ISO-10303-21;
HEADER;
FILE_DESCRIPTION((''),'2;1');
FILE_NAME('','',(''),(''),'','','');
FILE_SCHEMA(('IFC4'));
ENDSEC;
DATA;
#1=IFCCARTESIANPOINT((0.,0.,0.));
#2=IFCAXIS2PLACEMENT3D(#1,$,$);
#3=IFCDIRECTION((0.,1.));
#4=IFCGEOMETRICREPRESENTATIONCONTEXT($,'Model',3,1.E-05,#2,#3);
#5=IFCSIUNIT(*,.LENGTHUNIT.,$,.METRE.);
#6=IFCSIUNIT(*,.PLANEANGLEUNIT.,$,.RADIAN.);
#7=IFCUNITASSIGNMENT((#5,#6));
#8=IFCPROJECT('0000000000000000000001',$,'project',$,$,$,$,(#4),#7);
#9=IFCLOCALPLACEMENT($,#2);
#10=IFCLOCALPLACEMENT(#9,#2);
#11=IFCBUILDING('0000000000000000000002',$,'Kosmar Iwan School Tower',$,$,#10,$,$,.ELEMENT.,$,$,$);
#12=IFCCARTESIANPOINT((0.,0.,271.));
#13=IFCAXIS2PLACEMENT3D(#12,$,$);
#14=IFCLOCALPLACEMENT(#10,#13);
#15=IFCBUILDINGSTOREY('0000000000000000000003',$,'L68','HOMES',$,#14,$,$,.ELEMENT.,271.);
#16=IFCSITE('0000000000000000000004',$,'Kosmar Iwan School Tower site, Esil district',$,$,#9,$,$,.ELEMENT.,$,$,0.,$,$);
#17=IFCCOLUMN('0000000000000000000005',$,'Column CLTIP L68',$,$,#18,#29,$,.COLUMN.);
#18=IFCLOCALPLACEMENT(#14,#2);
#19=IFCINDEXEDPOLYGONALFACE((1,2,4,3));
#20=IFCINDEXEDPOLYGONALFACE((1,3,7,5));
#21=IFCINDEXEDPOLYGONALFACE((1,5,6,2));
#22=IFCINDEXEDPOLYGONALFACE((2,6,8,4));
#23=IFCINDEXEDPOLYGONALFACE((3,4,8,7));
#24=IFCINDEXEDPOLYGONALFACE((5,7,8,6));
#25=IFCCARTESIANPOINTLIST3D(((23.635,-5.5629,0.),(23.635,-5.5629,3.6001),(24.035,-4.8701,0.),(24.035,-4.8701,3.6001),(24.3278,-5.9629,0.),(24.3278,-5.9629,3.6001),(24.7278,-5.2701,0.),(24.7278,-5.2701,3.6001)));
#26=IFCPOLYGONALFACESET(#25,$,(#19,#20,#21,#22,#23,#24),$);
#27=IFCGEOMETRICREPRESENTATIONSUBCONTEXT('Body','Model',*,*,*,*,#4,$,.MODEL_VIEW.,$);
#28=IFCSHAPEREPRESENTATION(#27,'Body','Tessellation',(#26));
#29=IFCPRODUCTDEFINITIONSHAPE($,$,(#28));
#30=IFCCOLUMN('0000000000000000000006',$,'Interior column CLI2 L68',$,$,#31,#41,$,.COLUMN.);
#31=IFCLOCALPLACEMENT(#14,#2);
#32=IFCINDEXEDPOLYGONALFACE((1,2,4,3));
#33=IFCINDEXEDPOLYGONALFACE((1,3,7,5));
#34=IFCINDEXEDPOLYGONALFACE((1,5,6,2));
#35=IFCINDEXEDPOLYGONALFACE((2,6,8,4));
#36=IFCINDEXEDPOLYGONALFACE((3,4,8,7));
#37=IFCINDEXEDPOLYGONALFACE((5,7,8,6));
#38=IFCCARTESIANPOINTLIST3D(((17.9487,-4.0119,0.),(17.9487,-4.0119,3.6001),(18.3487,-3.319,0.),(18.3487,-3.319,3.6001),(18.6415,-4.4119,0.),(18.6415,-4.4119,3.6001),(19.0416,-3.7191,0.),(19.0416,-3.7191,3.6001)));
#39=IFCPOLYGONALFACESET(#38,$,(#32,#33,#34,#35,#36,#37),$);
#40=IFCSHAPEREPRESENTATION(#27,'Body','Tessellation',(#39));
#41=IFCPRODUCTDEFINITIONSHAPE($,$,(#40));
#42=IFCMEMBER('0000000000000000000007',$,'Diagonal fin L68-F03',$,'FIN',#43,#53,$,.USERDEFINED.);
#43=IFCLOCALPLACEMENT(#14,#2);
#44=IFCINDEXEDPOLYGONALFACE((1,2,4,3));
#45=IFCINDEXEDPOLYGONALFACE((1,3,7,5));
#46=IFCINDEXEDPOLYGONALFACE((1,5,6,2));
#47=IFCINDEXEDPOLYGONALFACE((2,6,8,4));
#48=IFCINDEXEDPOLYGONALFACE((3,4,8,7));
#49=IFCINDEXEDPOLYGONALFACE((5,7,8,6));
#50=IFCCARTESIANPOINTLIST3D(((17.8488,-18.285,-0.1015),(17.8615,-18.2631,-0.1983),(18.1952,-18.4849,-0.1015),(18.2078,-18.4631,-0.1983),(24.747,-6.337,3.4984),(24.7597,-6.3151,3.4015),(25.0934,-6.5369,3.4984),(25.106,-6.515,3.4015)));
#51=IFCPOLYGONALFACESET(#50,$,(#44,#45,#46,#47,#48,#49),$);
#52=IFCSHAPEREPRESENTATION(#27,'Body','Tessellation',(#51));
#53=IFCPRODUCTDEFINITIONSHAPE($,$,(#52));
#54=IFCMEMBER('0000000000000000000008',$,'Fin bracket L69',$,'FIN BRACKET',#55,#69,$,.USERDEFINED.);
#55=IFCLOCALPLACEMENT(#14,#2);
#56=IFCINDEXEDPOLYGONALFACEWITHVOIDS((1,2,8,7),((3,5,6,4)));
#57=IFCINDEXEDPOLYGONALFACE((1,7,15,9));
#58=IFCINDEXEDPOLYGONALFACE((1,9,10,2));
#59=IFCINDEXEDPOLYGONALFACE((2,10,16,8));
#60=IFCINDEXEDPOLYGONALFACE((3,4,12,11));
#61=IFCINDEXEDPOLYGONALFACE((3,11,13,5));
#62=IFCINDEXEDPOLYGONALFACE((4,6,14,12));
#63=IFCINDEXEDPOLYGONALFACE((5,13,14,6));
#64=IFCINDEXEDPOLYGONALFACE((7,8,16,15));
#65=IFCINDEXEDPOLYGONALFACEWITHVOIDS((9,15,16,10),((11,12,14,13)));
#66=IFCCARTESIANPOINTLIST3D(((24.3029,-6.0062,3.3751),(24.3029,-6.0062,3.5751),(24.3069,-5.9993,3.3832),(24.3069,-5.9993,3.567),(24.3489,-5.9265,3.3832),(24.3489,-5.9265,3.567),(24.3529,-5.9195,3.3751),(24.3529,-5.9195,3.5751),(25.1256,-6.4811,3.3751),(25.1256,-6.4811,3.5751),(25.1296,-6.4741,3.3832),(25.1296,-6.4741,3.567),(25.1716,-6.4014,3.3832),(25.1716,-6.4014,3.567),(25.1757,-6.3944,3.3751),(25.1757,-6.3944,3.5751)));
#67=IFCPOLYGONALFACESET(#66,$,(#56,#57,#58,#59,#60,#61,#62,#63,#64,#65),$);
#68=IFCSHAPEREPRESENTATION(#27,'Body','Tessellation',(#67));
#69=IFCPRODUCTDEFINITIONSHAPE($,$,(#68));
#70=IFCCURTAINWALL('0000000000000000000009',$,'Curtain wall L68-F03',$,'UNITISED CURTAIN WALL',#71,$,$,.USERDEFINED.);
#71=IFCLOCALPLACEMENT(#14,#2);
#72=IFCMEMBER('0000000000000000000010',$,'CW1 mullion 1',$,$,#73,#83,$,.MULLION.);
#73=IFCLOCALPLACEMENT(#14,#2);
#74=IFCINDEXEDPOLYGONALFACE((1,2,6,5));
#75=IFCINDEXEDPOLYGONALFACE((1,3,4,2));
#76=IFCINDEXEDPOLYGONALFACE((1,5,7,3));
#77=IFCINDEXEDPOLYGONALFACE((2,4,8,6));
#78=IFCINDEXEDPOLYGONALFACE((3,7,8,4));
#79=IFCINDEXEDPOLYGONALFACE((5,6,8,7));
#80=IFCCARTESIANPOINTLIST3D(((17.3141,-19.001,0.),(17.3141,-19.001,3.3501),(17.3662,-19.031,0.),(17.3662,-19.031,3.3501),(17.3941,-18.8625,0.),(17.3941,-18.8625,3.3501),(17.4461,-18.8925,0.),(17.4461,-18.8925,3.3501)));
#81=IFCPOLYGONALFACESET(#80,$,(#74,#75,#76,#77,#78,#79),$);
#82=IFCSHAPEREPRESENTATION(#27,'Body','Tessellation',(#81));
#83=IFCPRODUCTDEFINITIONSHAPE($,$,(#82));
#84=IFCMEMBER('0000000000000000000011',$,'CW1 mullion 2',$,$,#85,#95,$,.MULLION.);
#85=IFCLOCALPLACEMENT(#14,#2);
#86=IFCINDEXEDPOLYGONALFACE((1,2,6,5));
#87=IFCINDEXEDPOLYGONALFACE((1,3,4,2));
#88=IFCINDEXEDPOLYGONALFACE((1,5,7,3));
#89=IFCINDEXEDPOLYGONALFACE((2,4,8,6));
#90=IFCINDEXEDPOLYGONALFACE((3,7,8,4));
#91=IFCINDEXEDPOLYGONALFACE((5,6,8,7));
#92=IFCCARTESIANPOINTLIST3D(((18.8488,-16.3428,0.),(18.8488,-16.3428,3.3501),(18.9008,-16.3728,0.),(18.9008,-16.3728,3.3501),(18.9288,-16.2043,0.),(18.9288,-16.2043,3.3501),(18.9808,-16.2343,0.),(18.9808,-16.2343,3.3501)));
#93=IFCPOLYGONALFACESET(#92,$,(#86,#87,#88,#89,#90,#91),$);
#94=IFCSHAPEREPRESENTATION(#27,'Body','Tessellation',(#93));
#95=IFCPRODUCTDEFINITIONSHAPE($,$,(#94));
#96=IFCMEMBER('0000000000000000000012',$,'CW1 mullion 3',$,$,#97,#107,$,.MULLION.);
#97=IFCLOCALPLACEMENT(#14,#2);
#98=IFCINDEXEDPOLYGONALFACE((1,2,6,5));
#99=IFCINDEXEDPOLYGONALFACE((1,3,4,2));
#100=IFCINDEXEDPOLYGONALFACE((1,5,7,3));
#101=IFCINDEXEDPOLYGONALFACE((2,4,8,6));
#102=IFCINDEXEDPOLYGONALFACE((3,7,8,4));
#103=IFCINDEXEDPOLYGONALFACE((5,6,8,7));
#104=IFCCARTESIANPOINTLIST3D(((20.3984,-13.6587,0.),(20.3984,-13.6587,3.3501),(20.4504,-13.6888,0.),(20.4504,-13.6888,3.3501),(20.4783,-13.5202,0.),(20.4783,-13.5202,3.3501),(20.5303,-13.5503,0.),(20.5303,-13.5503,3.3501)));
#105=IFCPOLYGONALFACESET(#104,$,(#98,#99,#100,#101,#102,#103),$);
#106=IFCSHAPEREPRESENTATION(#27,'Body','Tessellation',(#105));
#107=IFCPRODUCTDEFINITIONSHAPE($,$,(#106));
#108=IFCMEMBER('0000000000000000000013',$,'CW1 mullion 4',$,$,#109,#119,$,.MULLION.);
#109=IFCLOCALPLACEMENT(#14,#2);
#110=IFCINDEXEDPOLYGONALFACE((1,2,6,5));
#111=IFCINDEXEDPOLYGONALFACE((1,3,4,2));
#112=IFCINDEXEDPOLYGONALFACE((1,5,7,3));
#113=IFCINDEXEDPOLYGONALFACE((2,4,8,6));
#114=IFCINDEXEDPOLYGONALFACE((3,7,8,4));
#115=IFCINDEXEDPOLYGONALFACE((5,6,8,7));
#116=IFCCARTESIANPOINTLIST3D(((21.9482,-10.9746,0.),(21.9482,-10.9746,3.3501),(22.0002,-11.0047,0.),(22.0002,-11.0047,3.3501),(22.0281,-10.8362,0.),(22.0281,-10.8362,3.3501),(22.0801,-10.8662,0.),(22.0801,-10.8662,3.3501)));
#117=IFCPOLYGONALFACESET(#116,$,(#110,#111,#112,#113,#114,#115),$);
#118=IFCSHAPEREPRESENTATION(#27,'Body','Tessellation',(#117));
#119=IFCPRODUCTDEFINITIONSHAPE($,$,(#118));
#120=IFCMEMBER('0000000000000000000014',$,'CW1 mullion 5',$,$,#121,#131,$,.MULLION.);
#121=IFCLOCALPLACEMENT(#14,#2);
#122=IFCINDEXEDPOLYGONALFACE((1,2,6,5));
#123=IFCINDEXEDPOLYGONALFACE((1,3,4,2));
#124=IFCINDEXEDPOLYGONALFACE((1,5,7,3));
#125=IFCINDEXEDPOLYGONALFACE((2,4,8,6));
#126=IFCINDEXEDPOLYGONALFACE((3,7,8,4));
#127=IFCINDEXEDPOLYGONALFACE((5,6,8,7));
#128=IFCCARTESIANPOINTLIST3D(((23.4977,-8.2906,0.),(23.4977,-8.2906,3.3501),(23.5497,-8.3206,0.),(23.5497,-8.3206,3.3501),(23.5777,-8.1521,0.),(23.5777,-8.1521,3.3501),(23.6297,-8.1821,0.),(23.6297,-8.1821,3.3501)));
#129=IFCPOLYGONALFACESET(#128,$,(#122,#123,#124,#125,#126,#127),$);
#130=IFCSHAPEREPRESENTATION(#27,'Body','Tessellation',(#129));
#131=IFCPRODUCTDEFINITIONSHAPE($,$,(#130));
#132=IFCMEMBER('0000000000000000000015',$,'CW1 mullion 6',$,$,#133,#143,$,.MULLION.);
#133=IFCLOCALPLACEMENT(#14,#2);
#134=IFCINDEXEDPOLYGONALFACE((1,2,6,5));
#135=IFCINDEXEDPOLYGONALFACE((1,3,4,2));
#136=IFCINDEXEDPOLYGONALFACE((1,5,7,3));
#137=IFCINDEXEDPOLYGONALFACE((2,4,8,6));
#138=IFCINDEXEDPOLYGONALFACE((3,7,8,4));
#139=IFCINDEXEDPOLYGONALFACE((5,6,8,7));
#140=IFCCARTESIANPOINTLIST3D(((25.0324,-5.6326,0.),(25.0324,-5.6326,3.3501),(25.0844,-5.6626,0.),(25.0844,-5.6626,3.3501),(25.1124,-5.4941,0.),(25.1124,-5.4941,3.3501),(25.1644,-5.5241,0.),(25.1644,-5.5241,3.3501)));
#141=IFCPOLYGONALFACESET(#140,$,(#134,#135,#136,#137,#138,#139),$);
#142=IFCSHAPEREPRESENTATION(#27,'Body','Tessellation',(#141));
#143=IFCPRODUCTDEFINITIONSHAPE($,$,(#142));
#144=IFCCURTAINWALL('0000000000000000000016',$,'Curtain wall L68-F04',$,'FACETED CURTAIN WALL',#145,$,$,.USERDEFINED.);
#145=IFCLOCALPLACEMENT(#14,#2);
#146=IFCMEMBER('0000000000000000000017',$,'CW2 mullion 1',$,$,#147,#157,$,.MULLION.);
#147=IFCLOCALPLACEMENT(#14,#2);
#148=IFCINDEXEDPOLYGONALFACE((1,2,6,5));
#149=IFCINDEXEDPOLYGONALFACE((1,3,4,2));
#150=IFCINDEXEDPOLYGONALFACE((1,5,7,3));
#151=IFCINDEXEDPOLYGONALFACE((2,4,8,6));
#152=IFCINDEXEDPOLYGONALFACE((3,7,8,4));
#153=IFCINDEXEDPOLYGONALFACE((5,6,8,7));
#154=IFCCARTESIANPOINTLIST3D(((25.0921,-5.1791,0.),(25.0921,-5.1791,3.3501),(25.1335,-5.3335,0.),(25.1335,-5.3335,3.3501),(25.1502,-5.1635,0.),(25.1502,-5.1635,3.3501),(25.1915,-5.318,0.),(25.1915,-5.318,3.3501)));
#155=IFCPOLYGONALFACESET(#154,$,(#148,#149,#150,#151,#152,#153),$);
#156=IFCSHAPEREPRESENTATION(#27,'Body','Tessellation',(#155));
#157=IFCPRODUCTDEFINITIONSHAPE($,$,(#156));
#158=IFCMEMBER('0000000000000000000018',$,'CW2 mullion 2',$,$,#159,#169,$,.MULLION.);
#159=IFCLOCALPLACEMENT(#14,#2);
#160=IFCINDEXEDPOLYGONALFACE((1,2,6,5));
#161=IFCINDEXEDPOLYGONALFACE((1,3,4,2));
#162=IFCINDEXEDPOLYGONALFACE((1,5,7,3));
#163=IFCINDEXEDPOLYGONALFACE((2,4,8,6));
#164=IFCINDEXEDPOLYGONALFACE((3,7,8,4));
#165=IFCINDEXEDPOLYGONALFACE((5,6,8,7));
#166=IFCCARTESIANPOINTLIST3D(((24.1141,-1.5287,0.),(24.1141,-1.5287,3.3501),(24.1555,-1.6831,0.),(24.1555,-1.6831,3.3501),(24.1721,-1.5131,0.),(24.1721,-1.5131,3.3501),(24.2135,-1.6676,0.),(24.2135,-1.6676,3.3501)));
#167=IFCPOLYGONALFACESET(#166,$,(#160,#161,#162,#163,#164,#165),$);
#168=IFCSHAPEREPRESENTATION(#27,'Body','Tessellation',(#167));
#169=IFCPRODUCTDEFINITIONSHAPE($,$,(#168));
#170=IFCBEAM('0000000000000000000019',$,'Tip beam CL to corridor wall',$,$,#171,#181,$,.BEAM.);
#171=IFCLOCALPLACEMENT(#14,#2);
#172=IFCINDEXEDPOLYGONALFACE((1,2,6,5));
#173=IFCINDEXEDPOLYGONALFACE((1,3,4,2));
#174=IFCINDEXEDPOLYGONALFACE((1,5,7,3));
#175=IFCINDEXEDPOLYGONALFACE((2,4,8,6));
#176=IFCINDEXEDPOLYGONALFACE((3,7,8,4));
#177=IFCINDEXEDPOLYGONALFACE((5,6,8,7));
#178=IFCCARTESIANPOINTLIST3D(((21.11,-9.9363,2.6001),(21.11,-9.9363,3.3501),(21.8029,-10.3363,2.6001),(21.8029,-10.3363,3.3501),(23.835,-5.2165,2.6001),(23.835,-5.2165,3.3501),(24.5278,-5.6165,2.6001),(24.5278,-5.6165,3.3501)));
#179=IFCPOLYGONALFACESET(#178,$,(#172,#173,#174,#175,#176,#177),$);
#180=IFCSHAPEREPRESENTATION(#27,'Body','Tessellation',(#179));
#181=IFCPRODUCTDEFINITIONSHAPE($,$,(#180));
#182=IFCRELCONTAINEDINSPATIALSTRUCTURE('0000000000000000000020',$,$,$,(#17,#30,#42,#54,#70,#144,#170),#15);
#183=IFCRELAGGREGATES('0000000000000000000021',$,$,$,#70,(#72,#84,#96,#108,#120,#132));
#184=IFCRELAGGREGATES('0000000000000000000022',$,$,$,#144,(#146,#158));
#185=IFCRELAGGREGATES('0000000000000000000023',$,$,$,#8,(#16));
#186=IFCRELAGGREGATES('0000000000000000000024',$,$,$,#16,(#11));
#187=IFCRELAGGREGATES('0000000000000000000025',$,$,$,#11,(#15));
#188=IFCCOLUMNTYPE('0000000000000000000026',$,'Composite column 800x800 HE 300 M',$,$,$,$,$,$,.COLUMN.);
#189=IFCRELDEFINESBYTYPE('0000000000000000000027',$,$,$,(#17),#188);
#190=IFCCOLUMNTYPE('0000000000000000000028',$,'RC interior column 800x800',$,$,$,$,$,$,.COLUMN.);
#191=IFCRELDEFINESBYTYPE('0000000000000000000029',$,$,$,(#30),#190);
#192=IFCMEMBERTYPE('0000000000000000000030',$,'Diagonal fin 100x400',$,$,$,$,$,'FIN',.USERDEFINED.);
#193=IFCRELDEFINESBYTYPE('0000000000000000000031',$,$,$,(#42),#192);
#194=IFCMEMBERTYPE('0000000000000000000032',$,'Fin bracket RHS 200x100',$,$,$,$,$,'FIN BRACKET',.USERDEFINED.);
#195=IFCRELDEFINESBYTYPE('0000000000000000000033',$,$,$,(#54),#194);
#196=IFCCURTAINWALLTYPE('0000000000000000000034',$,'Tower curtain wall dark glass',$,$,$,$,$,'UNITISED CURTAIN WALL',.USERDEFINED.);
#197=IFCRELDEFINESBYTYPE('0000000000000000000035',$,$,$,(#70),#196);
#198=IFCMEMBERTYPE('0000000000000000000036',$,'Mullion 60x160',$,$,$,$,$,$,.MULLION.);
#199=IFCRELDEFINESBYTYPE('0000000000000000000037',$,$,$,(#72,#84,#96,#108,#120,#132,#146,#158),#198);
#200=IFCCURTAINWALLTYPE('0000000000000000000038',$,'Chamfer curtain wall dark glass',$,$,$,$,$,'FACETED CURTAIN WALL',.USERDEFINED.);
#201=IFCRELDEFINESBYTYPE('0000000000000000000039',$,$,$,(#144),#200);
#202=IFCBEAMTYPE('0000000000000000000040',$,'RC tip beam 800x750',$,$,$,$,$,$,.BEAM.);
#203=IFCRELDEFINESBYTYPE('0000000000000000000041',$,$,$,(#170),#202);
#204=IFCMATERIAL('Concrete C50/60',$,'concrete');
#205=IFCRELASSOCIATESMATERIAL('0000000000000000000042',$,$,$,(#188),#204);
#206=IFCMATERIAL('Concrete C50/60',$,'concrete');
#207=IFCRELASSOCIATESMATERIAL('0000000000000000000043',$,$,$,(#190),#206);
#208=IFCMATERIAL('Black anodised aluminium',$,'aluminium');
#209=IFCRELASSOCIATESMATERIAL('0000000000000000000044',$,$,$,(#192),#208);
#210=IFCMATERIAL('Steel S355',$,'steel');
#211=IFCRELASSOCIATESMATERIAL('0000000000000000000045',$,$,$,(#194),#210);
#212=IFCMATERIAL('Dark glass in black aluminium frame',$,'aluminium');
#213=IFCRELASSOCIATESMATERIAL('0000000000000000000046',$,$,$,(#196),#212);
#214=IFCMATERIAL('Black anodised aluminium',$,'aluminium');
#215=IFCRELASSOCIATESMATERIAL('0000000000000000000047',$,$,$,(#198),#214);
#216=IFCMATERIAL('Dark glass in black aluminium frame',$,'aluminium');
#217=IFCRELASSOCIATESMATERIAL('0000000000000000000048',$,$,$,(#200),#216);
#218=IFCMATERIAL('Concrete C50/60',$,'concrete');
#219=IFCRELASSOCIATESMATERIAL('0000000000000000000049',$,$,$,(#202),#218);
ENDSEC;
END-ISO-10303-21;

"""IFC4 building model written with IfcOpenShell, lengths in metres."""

from ifc_helpers import new_model, si_unit, direction, frame, origin, origin_2d, place, context, subcontext, project, spatial, rectangle, hollow_rectangle, extrude, material, material_profile, profile_set, type_object, element, aggregate, save


model = new_model("IFC4")

# Units and contexts
model_context = context("Model", 3, precision=1e-05, world=origin(), true_north=direction((0.0, 1.0)))
body_context = subcontext(model_context, "Body", "Model", "MODEL_VIEW")
ifc_project = project(units=[si_unit("LENGTHUNIT", "METRE"), si_unit("PLANEANGLEUNIT", "RADIAN")], contexts=[model_context])

# Site, building, storey
site_placement = place(None, origin())
site = spatial("IfcSite", under=ifc_project, at=site_placement, Name="Kosmar Iwan School Tower site, Esil district", CompositionType="ELEMENT", RefElevation=0.0)
building_placement = place(site_placement, origin())
building = spatial("IfcBuilding", under=site, at=building_placement, Name="Kosmar Iwan School Tower", CompositionType="ELEMENT")
storey_placement = place(building_placement, frame((0.0, 0.0, 271.0)))
storey = spatial("IfcBuildingStorey", under=building, at=storey_placement, Name="L68", Description="HOMES", CompositionType="ELEMENT", Elevation=271.0)

# Columns
ifc_material_1 = material(Name="Concrete C50/60", Category="concrete")
ifc_material_profile_1 = material_profile(ifc_material_1, rectangle(XDim=0.8, YDim=0.8, at=origin_2d()), Name="RC 800x800 + HE 300 M")
ifc_profile_set_1 = profile_set([ifc_material_profile_1], Name="Concrete C50/60")
column_type_1 = type_object("IfcColumnType", Name="Composite column 800x800 HE 300 M", PredefinedType="COLUMN", material=ifc_profile_set_1)
column_1_placement = place(storey_placement, frame((24.1814, -5.4165, 0.0), z_axis=(0.0, 0.0, 1.0), x_axis=(0.866025, -0.5, 0.0)))
element("IfcColumn", 1, at=column_1_placement, inside=storey, type_object=column_type_1, Name="Column CLTIP L68", PredefinedType="COLUMN", context=body_context, shape_type="SweptSolid", body=[
    extrude(rectangle(XDim=0.8, YDim=0.8, at=origin_2d()), origin(), (0.0, 0.0, 1.0), 3.6001),
])
ifc_material_2 = material(Name="Concrete C50/60", Category="concrete")
ifc_material_profile_2 = material_profile(ifc_material_2, rectangle(XDim=0.8, YDim=0.8, at=origin_2d()), Name="RC 800x800")
ifc_profile_set_2 = profile_set([ifc_material_profile_2], Name="Concrete C50/60")
column_type_2 = type_object("IfcColumnType", Name="RC interior column 800x800", PredefinedType="COLUMN", material=ifc_profile_set_2)
column_2_placement = place(storey_placement, frame((18.4951, -3.8655, 0.0), z_axis=(0.0, 0.0, 1.0), x_axis=(0.866025, -0.5, 0.0)))
element("IfcColumn", 2, at=column_2_placement, inside=storey, type_object=column_type_2, Name="Interior column CLI2 L68", PredefinedType="COLUMN", context=body_context, shape_type="SweptSolid", body=[
    extrude(rectangle(XDim=0.8, YDim=0.8, at=origin_2d()), origin(), (0.0, 0.0, 1.0), 3.6001),
])

# Members
ifc_material_3 = material(Name="Black anodised aluminium", Category="aluminium")
ifc_material_profile_3 = material_profile(ifc_material_3, rectangle(XDim=0.1001, YDim=0.3999, at=origin_2d()), Name="FIN 100x400")
ifc_profile_set_3 = profile_set([ifc_material_profile_3], Name="Black anodised aluminium")
member_type_1 = type_object("IfcMemberType", Name="Diagonal fin 100x400", ElementType="FIN", PredefinedType="USERDEFINED", material=ifc_profile_set_3)
member_1_placement = place(storey_placement, frame((18.0283, -18.374, -0.1499), z_axis=(0.483802, 0.837969, 0.252475), x_axis=(-0.126237, -0.218649, 0.967604)))
element("IfcMember", 3, at=member_1_placement, inside=storey, type_object=member_type_1, Name="Diagonal fin L68-F03", ObjectType="FIN", PredefinedType="USERDEFINED", context=body_context, shape_type="SweptSolid", body=[
    extrude(rectangle(XDim=0.1001, YDim=0.3999, at=origin_2d()), origin(), (0.0, 0.0, 1.0), 14.2583),
])
ifc_material_4 = material(Name="Steel S355", Category="steel")
ifc_material_profile_4 = material_profile(ifc_material_4, hollow_rectangle(XDim=0.1001, YDim=0.2, WallThickness=0.0081, at=origin_2d()), Name="RHS 200x100x8")
ifc_profile_set_4 = profile_set([ifc_material_profile_4], Name="Steel S355")
member_type_2 = type_object("IfcMemberType", Name="Fin bracket RHS 200x100", ElementType="FIN BRACKET", PredefinedType="USERDEFINED", material=ifc_profile_set_4)
member_2_placement = place(storey_placement, frame((24.3279, -5.9629, 3.4751), z_axis=(0.8661, -0.499871, 0.0), x_axis=(0.499871, 0.8661, 0.0)))
element("IfcMember", 4, at=member_2_placement, inside=storey, type_object=member_type_2, Name="Fin bracket L69", ObjectType="FIN BRACKET", PredefinedType="USERDEFINED", context=body_context, shape_type="SweptSolid", body=[
    extrude(hollow_rectangle(XDim=0.1001, YDim=0.2, WallThickness=0.0081, at=origin_2d()), origin(), (0.0, 0.0, 1.0), 0.95),
])

# Curtain walls, members
ifc_material_5 = material(Name="Dark glass in black aluminium frame", Category="aluminium")
curtain_wall_type_1 = type_object("IfcCurtainWallType", Name="Tower curtain wall dark glass", ElementType="UNITISED CURTAIN WALL", PredefinedType="USERDEFINED", material=ifc_material_5)
curtain_wall_1_placement = place(storey_placement, origin())
curtain_wall_1 = element("IfcCurtainWall", 5, at=curtain_wall_1_placement, inside=storey, type_object=curtain_wall_type_1, Name="Curtain wall L68-F03", ObjectType="UNITISED CURTAIN WALL", PredefinedType="USERDEFINED")
ifc_material_6 = material(Name="Black anodised aluminium", Category="aluminium")
ifc_material_profile_5 = material_profile(ifc_material_6, rectangle(XDim=0.0601, YDim=0.1599, at=origin_2d()), Name="MULLION 60x160")
ifc_profile_set_5 = profile_set([ifc_material_profile_5], Name="Black anodised aluminium")
member_type_3 = type_object("IfcMemberType", Name="Mullion 60x160", PredefinedType="MULLION", material=ifc_profile_set_5)
member_3_placement = place(storey_placement, frame((17.3801, -18.9468, 0.0), z_axis=(0.0, 0.0, 1.0), x_axis=(-0.866025, 0.5, 0.0)))
member_3 = element("IfcMember", 6, at=member_3_placement, type_object=member_type_3, Name="CW1 mullion 1", PredefinedType="MULLION", context=body_context, shape_type="SweptSolid", body=[
    extrude(rectangle(XDim=0.0601, YDim=0.1599, at=origin_2d()), origin(), (0.0, 0.0, 1.0), 3.3501),
])
member_4_placement = place(storey_placement, frame((18.9148, -16.2886, 0.0), z_axis=(0.0, 0.0, 1.0), x_axis=(-0.866025, 0.5, 0.0)))
member_4 = element("IfcMember", 7, at=member_4_placement, type_object=member_type_3, Name="CW1 mullion 2", PredefinedType="MULLION", context=body_context, shape_type="SweptSolid", body=[
    extrude(rectangle(XDim=0.0601, YDim=0.1599, at=origin_2d()), origin(), (0.0, 0.0, 1.0), 3.3501),
])
member_5_placement = place(storey_placement, frame((20.4644, -13.6045, 0.0), z_axis=(0.0, 0.0, 1.0), x_axis=(-0.866025, 0.5, 0.0)))
member_5 = element("IfcMember", 8, at=member_5_placement, type_object=member_type_3, Name="CW1 mullion 3", PredefinedType="MULLION", context=body_context, shape_type="SweptSolid", body=[
    extrude(rectangle(XDim=0.0601, YDim=0.1599, at=origin_2d()), origin(), (0.0, 0.0, 1.0), 3.3501),
])
member_6_placement = place(storey_placement, frame((22.0142, -10.9204, 0.0), z_axis=(0.0, 0.0, 1.0), x_axis=(-0.866025, 0.5, 0.0)))
member_6 = element("IfcMember", 9, at=member_6_placement, type_object=member_type_3, Name="CW1 mullion 4", PredefinedType="MULLION", context=body_context, shape_type="SweptSolid", body=[
    extrude(rectangle(XDim=0.0601, YDim=0.1599, at=origin_2d()), origin(), (0.0, 0.0, 1.0), 3.3501),
])
member_7_placement = place(storey_placement, frame((23.5637, -8.2363, 0.0), z_axis=(0.0, 0.0, 1.0), x_axis=(-0.866025, 0.5, 0.0)))
member_7 = element("IfcMember", 10, at=member_7_placement, type_object=member_type_3, Name="CW1 mullion 5", PredefinedType="MULLION", context=body_context, shape_type="SweptSolid", body=[
    extrude(rectangle(XDim=0.0601, YDim=0.1599, at=origin_2d()), origin(), (0.0, 0.0, 1.0), 3.3501),
])
member_8_placement = place(storey_placement, frame((25.0984, -5.5784, 0.0), z_axis=(0.0, 0.0, 1.0), x_axis=(-0.866025, 0.5, 0.0)))
member_8 = element("IfcMember", 11, at=member_8_placement, type_object=member_type_3, Name="CW1 mullion 6", PredefinedType="MULLION", context=body_context, shape_type="SweptSolid", body=[
    extrude(rectangle(XDim=0.0601, YDim=0.1599, at=origin_2d()), origin(), (0.0, 0.0, 1.0), 3.3501),
])
ifc_material_7 = material(Name="Dark glass in black aluminium frame", Category="aluminium")
curtain_wall_type_2 = type_object("IfcCurtainWallType", Name="Chamfer curtain wall dark glass", ElementType="FACETED CURTAIN WALL", PredefinedType="USERDEFINED", material=ifc_material_7)
curtain_wall_2_placement = place(storey_placement, origin())
curtain_wall_2 = element("IfcCurtainWall", 12, at=curtain_wall_2_placement, inside=storey, type_object=curtain_wall_type_2, Name="Curtain wall L68-F04", ObjectType="FACETED CURTAIN WALL", PredefinedType="USERDEFINED")
member_9_placement = place(storey_placement, frame((25.1418, -5.2485, 0.0), z_axis=(0.0, 0.0, 1.0), x_axis=(-0.965926, -0.258819, 0.0)))
member_9 = element("IfcMember", 13, at=member_9_placement, type_object=member_type_3, Name="CW2 mullion 1", PredefinedType="MULLION", context=body_context, shape_type="SweptSolid", body=[
    extrude(rectangle(XDim=0.0601, YDim=0.1599, at=origin_2d()), origin(), (0.0, 0.0, 1.0), 3.3501),
])
member_10_placement = place(storey_placement, frame((24.1638, -1.5981, 0.0), z_axis=(0.0, 0.0, 1.0), x_axis=(-0.965926, -0.258819, 0.0)))
member_10 = element("IfcMember", 14, at=member_10_placement, type_object=member_type_3, Name="CW2 mullion 2", PredefinedType="MULLION", context=body_context, shape_type="SweptSolid", body=[
    extrude(rectangle(XDim=0.0601, YDim=0.1599, at=origin_2d()), origin(), (0.0, 0.0, 1.0), 3.3501),
])

# Beam
ifc_material_8 = material(Name="Concrete C50/60", Category="concrete")
ifc_material_profile_6 = material_profile(ifc_material_8, rectangle(XDim=0.8, YDim=0.75, at=origin_2d()), Name="RC 800x750")
ifc_profile_set_6 = profile_set([ifc_material_profile_6], Name="Concrete C50/60")
beam_type = type_object("IfcBeamType", Name="RC tip beam 800x750", PredefinedType="BEAM", material=ifc_profile_set_6)
beam_placement = place(storey_placement, frame((24.1814, -5.4165, 2.9751), z_axis=(-0.499989, -0.866032, 0.0), x_axis=(0.866032, -0.499989, 0.0)))
element("IfcBeam", 15, at=beam_placement, inside=storey, type_object=beam_type, Name="Tip beam CL to corridor wall", PredefinedType="BEAM", context=body_context, shape_type="SweptSolid", body=[
    extrude(rectangle(XDim=0.8, YDim=0.75, at=origin_2d()), origin(), (0.0, 0.0, 1.0), 5.45),
])

aggregate(curtain_wall_1, [member_3, member_4, member_5, member_6, member_7, member_8])
aggregate(curtain_wall_2, [member_9, member_10])

save(model, "model.ifc")
